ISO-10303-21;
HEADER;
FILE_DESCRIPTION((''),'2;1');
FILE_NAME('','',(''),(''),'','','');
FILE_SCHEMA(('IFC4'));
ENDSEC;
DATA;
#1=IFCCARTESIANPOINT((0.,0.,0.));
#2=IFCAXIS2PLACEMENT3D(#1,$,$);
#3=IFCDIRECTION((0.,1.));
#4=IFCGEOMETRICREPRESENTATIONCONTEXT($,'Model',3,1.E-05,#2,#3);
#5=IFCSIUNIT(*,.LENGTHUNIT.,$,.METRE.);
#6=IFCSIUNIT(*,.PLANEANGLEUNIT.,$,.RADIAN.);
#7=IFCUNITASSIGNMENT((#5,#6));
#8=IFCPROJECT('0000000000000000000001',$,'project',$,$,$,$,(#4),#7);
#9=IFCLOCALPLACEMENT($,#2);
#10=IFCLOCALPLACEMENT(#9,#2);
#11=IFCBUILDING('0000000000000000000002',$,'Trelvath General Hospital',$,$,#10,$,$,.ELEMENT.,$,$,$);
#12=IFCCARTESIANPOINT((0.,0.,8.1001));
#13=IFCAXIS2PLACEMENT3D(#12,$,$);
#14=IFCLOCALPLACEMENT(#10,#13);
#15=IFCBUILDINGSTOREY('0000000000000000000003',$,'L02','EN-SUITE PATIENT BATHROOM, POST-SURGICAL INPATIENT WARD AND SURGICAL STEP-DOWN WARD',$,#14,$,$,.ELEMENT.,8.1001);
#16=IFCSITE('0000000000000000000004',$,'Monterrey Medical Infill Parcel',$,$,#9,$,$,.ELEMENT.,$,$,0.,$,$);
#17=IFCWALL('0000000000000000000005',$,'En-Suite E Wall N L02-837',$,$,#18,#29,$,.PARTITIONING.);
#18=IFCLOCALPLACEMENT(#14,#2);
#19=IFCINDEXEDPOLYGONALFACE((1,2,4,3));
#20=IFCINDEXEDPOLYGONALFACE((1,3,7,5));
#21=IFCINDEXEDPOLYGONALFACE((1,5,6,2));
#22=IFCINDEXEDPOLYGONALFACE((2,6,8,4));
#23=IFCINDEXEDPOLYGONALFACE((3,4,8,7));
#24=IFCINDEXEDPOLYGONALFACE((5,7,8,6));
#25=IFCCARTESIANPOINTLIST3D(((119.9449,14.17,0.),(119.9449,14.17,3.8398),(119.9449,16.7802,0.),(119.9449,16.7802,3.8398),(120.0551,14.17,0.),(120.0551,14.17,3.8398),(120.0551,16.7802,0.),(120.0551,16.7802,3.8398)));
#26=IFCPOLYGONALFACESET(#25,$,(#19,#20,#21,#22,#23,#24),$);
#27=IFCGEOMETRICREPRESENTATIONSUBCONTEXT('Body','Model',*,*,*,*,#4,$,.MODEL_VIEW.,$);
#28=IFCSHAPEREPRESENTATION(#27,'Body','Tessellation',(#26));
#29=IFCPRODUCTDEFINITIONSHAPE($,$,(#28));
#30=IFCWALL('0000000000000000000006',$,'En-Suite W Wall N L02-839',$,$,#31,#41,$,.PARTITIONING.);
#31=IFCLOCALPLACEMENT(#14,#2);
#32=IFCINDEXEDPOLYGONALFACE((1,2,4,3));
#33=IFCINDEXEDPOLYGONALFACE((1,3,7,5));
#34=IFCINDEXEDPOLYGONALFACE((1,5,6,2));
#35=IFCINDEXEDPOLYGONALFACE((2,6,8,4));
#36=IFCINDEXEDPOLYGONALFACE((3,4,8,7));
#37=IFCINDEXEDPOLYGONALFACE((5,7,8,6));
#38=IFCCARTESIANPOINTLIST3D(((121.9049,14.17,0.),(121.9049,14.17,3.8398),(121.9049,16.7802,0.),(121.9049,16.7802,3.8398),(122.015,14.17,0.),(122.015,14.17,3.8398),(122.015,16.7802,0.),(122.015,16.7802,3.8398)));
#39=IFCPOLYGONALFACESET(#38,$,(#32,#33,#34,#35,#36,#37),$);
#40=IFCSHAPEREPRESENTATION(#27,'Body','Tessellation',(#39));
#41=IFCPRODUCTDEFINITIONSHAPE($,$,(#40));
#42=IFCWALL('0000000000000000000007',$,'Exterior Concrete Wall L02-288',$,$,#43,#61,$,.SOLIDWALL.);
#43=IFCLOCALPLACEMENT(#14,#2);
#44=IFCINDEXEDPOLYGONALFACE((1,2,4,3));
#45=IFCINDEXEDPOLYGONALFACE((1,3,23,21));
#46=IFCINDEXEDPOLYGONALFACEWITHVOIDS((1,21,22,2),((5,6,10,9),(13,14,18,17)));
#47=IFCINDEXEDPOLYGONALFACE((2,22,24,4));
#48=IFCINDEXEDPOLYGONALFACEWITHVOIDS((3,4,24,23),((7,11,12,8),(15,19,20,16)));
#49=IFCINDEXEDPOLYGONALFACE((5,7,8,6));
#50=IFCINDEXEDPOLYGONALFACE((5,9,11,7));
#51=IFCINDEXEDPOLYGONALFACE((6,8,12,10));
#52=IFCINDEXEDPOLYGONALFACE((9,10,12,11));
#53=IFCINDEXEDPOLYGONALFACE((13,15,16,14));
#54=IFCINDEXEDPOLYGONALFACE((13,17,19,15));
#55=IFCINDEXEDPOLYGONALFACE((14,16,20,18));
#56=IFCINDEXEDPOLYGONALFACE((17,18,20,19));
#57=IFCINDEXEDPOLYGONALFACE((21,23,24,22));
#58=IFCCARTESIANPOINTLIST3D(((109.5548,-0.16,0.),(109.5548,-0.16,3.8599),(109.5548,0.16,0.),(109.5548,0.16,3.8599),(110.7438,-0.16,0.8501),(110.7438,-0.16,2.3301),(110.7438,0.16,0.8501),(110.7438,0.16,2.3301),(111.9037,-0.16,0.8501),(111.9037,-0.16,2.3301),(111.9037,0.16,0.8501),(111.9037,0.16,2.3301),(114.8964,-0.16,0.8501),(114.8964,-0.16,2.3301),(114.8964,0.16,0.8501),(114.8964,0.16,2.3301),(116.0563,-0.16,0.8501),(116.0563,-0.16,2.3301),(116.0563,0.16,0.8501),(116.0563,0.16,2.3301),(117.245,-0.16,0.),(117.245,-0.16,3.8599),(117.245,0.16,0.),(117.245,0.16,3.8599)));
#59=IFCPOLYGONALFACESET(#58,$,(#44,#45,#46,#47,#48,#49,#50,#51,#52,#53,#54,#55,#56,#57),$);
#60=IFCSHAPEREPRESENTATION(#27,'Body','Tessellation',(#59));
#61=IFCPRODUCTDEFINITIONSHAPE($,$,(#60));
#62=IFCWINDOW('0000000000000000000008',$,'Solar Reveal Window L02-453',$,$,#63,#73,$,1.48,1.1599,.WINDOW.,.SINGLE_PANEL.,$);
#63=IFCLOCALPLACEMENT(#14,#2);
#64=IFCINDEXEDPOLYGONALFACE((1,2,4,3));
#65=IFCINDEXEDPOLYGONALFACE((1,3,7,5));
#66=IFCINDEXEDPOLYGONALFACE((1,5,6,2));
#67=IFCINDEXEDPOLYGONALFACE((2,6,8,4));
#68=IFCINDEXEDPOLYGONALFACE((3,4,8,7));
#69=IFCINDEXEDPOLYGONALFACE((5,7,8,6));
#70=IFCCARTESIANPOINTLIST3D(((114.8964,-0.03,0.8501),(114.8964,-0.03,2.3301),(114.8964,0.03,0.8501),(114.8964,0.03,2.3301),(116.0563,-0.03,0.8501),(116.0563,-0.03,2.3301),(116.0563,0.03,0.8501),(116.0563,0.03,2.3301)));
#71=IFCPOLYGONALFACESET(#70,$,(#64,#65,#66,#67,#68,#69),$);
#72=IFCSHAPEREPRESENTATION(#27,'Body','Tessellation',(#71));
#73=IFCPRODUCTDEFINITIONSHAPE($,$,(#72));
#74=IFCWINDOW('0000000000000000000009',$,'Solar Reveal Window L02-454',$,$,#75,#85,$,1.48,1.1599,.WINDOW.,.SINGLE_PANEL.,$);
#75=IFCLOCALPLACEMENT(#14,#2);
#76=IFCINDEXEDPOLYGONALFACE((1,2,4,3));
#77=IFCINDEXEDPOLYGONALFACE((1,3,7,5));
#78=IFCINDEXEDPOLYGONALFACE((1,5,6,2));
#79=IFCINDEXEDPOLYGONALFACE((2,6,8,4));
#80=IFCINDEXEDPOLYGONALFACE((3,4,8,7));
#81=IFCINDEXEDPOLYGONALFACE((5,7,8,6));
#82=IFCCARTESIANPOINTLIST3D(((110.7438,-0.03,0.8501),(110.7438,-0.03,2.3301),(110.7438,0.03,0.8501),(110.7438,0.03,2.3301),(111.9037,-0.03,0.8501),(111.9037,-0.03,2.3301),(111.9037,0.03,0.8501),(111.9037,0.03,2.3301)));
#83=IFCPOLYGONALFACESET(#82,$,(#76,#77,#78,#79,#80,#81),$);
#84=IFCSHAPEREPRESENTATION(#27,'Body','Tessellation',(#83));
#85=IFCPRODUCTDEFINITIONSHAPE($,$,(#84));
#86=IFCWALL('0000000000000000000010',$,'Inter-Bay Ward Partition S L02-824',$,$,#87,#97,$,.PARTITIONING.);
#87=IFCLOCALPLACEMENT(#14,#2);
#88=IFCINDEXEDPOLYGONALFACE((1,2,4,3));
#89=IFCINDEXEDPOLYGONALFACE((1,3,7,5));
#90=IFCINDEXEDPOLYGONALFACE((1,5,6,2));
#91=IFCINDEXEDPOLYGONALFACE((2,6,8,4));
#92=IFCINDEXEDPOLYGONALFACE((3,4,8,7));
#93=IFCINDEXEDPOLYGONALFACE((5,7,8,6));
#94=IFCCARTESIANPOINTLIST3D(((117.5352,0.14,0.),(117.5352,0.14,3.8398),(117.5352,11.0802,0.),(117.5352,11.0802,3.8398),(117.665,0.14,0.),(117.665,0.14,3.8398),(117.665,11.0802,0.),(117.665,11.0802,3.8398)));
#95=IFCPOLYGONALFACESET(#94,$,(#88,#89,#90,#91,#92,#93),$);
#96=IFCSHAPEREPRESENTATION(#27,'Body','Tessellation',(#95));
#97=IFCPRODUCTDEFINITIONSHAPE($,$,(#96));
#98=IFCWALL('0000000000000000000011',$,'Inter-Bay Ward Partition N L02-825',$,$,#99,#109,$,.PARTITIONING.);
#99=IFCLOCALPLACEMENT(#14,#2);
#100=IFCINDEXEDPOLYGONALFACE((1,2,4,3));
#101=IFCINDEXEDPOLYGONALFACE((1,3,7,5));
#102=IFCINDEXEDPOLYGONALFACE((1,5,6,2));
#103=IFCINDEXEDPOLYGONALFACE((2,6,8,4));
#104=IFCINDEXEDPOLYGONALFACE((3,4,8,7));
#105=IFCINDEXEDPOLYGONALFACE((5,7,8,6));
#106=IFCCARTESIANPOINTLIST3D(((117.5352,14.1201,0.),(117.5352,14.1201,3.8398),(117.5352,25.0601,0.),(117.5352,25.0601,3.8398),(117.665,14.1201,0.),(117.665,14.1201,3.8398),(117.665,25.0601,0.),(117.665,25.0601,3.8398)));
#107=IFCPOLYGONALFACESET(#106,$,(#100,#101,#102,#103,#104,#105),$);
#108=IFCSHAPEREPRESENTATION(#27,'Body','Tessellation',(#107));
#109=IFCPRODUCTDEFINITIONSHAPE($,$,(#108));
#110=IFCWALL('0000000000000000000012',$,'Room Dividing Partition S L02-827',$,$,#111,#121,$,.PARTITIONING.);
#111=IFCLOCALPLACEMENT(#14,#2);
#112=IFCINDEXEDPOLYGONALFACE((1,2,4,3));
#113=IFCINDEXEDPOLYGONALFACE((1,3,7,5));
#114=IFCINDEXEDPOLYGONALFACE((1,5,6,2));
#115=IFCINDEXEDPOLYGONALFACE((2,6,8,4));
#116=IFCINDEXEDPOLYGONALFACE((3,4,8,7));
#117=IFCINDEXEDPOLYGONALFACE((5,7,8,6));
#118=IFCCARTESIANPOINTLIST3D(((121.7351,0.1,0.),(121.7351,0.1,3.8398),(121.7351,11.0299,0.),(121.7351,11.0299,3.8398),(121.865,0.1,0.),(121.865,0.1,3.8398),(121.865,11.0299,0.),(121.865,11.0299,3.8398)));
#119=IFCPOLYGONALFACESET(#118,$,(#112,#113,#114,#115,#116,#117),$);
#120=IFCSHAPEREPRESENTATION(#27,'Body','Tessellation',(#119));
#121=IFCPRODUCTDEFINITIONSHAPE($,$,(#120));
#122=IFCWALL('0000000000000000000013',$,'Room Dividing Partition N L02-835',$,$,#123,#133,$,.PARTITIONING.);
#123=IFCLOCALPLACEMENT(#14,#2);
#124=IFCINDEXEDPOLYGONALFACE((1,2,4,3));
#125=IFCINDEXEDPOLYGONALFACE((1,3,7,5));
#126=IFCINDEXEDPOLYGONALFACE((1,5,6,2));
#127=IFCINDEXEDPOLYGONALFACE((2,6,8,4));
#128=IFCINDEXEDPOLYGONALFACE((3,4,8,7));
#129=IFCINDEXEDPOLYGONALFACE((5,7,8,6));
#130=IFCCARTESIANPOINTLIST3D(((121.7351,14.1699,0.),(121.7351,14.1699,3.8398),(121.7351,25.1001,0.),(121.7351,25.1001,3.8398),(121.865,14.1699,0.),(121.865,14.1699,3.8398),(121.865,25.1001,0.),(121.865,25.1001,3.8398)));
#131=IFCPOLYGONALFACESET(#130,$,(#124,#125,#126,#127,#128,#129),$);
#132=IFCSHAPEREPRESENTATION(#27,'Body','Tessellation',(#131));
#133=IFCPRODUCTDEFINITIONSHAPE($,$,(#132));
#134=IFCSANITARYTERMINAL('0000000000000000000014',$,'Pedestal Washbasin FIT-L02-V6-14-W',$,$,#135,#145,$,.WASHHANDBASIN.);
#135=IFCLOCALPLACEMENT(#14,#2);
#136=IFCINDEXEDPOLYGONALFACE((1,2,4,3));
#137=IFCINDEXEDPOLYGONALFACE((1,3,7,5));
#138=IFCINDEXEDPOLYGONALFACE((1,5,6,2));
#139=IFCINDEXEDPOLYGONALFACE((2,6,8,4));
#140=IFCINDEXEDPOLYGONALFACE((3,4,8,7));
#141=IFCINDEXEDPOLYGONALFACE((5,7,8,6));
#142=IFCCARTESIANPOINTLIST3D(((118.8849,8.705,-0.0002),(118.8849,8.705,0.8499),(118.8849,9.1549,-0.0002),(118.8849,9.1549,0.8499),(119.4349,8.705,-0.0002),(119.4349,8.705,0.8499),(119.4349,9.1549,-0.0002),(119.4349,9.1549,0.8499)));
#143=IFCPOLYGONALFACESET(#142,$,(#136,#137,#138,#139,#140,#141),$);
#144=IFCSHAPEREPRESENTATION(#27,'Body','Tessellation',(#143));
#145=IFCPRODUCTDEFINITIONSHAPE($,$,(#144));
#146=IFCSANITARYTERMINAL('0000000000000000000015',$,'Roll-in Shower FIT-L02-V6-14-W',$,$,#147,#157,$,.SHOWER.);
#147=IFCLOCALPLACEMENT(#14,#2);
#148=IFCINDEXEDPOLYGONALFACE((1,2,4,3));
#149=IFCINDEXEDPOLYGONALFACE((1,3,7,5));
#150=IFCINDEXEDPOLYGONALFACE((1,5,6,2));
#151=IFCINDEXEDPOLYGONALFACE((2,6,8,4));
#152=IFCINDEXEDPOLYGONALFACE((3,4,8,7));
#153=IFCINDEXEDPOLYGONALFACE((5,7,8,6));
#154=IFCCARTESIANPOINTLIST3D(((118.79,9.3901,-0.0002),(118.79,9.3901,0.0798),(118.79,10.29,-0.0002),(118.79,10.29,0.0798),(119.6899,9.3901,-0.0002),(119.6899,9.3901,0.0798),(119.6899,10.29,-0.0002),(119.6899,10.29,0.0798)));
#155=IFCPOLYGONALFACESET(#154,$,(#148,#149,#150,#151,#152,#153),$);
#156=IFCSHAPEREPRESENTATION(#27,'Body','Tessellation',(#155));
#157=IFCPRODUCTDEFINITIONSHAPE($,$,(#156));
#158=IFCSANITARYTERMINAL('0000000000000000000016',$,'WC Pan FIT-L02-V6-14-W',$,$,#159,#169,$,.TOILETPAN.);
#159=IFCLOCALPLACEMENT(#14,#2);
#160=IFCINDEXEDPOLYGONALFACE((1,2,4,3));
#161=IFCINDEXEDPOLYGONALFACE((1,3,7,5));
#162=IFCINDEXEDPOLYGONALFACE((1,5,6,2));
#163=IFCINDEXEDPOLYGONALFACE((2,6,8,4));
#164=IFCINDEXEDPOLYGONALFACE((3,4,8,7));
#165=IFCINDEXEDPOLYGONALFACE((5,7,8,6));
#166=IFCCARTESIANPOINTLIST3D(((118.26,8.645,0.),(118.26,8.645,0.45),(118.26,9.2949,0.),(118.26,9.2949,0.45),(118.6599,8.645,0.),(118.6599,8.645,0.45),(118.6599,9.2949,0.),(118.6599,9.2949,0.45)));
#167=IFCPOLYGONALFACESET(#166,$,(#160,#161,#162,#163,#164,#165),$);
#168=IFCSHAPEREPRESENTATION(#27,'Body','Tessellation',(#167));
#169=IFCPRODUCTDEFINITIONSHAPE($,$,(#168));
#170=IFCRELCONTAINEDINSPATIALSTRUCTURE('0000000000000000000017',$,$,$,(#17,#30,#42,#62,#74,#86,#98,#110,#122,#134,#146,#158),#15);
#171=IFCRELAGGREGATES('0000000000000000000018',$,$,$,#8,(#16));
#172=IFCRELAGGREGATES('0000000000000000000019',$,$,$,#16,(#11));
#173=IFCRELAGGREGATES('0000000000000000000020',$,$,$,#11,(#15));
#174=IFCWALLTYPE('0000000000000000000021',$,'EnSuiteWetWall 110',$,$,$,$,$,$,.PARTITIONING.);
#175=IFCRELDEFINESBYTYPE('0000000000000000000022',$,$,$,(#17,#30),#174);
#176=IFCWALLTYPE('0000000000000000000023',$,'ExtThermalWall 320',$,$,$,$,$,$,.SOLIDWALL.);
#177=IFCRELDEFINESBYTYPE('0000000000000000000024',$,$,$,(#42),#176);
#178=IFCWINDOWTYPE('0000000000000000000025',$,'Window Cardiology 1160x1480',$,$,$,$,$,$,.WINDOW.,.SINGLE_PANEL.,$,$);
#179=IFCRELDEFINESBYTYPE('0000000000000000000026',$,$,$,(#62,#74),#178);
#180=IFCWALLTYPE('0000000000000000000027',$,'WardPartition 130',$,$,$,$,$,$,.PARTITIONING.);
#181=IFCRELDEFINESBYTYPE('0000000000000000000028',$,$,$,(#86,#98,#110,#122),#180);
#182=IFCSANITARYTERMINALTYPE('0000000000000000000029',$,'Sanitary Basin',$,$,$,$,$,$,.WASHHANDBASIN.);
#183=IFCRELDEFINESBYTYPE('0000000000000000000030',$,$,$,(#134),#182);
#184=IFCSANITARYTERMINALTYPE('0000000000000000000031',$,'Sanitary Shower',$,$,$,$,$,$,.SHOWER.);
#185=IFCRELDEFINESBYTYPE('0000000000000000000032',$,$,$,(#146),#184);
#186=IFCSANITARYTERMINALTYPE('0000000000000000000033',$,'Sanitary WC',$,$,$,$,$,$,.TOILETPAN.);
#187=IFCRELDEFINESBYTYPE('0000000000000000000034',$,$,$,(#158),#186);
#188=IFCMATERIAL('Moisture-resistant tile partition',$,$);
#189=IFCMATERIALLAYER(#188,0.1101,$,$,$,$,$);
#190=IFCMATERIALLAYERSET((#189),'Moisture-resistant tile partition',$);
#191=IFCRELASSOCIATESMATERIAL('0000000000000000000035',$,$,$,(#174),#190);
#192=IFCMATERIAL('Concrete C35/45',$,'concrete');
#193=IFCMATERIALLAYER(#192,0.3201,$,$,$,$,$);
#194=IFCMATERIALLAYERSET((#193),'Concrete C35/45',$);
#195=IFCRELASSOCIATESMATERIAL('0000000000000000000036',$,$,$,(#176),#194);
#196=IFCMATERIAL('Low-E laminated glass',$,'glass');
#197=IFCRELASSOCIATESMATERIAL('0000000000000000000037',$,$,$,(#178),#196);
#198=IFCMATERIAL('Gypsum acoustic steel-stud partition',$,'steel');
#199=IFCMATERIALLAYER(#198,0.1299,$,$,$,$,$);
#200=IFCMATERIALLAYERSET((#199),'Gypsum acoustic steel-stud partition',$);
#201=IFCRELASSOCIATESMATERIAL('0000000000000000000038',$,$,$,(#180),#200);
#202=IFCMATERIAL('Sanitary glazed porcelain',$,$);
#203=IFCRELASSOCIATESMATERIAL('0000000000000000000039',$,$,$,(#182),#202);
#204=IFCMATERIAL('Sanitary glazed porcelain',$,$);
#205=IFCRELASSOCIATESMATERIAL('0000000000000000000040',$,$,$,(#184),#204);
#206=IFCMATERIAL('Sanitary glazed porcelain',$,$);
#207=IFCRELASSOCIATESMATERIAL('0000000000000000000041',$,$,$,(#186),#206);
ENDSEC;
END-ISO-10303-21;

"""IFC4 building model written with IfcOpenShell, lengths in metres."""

from ifc_helpers import new_model, si_unit, direction, frame, frame_2d, origin, origin_2d, place, context, subcontext, project, spatial, rectangle, extrude, material, layer, layer_set, type_object, element, fill, save


model = new_model("IFC4")

# Units and contexts
model_context = context("Model", 3, precision=1e-05, world=origin(), true_north=direction((0.0, 1.0)))
body_context = subcontext(model_context, "Body", "Model", "MODEL_VIEW")
ifc_project = project(units=[si_unit("LENGTHUNIT", "METRE"), si_unit("PLANEANGLEUNIT", "RADIAN")], contexts=[model_context])

# Site, building, storey
site_placement = place(None, origin())
site = spatial("IfcSite", under=ifc_project, at=site_placement, Name="Monterrey Medical Infill Parcel", CompositionType="ELEMENT", RefElevation=0.0)
building_placement = place(site_placement, origin())
building = spatial("IfcBuilding", under=site, at=building_placement, Name="Trelvath General Hospital", CompositionType="ELEMENT")
storey_placement = place(building_placement, frame((0.0, 0.0, 8.1001)))
storey = spatial("IfcBuildingStorey", under=building, at=storey_placement, Name="L02", Description="EN-SUITE PATIENT BATHROOM, POST-SURGICAL INPATIENT WARD AND SURGICAL STEP-DOWN WARD", CompositionType="ELEMENT", Elevation=8.1001)

# Shared definitions
ifc_material_1 = material(Name="Moisture-resistant tile partition")
ifc_layer_1 = layer(ifc_material_1, 0.1101)
ifc_layer_set_1 = layer_set([ifc_layer_1], Name="Moisture-resistant tile partition")
wall_type_1 = type_object("IfcWallType", Name="EnSuiteWetWall 110", PredefinedType="PARTITIONING", material=ifc_layer_set_1)

# Walls
for number, where, z_axis, x_axis, name in (
    (1, (120.0, 14.1699, 0.0), (0.0, 0.0, 1.0), (0.0, 1.0, 0.0), "En-Suite E Wall N L02-837"),
    (2, (121.96, 14.1699, 0.0), (0.0, 0.0, 1.0), (0.0, 1.0, 0.0), "En-Suite W Wall N L02-839"),
):
    element("IfcWall", number, at=place(storey_placement, frame(where, z_axis=z_axis, x_axis=x_axis)), inside=storey, type_object=wall_type_1, Name=name, PredefinedType="PARTITIONING", context=body_context, shape_type="SweptSolid", body=[
        extrude(rectangle(XDim=2.6101, YDim=0.1101, at=frame_2d((1.3052, 0.0))), origin(), (0.0, 0.0, 1.0), 3.8398),
    ])

# Wall, openings, windows
ifc_material_2 = material(Name="Concrete C35/45", Category="concrete")
ifc_layer_2 = layer(ifc_material_2, 0.3201)
ifc_layer_set_2 = layer_set([ifc_layer_2], Name="Concrete C35/45")
wall_type_2 = type_object("IfcWallType", Name="ExtThermalWall 320", PredefinedType="SOLIDWALL", material=ifc_layer_set_2)
wall_1_placement = place(storey_placement, frame((117.2451, 0.0, 0.0), z_axis=(0.0, 0.0, 1.0), x_axis=(-1.0, 0.0, 0.0)))
wall_1 = element("IfcWall", 3, at=wall_1_placement, inside=storey, type_object=wall_type_2, Name="Exterior Concrete Wall L02-288", PredefinedType="SOLIDWALL", context=body_context, shape_type="SweptSolid", body=[
    extrude(rectangle(XDim=7.6902, YDim=0.3201, at=frame_2d((3.8452, 0.0))), origin(), (0.0, 0.0, 1.0), 3.8599),
])
opening_1_placement = place(wall_1_placement, frame((1.1887, 0.0, 0.8501)))
opening_1 = element("IfcOpeningElement", 4, at=opening_1_placement, cuts=wall_1, PredefinedType="OPENING", context=body_context, shape_type="SweptSolid", body=[
    extrude(rectangle(XDim=1.1599, YDim=1.48, at=frame_2d((0.5801, 0.74))), frame((0.0, 0.1699, 0.0), z_axis=(0.0, -1.0, 0.0), x_axis=(1.0, 0.0, 0.0)), (0.0, 0.0, 1.0), 0.3401),
])
opening_2_placement = place(wall_1_placement, frame((5.3413, 0.0, 0.8501)))
opening_2 = element("IfcOpeningElement", 5, at=opening_2_placement, cuts=wall_1, PredefinedType="OPENING", context=body_context, shape_type="SweptSolid", body=[
    extrude(rectangle(XDim=1.1599, YDim=1.48, at=frame_2d((0.5801, 0.74))), frame((0.0, 0.1699, 0.0), z_axis=(0.0, -1.0, 0.0), x_axis=(1.0, 0.0, 0.0)), (0.0, 0.0, 1.0), 0.3401),
])
ifc_material_3 = material(Name="Low-E laminated glass", Category="glass")
window_type = type_object("IfcWindowType", Name="Window Cardiology 1160x1480", PartitioningType="SINGLE_PANEL", PredefinedType="WINDOW", material=ifc_material_3)
window_1_placement = place(opening_1_placement, origin())
window_1 = element("IfcWindow", 6, at=window_1_placement, inside=storey, type_object=window_type, Name="Solar Reveal Window L02-453", OverallHeight=1.48, OverallWidth=1.1599, PartitioningType="SINGLE_PANEL", PredefinedType="WINDOW", context=body_context, shape_type="SweptSolid", body=[
    extrude(rectangle(XDim=1.1599, YDim=1.48, at=frame_2d((0.5801, 0.74))), frame((0.0, 0.03, 0.0), z_axis=(0.0, -1.0, 0.0), x_axis=(1.0, 0.0, 0.0)), (0.0, 0.0, 1.0), 0.0601),
])
fill(opening_1, window_1)
window_2_placement = place(opening_2_placement, origin())
window_2 = element("IfcWindow", 7, at=window_2_placement, inside=storey, type_object=window_type, Name="Solar Reveal Window L02-454", OverallHeight=1.48, OverallWidth=1.1599, PartitioningType="SINGLE_PANEL", PredefinedType="WINDOW", context=body_context, shape_type="SweptSolid", body=[
    extrude(rectangle(XDim=1.1599, YDim=1.48, at=frame_2d((0.5801, 0.74))), frame((0.0, 0.03, 0.0), z_axis=(0.0, -1.0, 0.0), x_axis=(1.0, 0.0, 0.0)), (0.0, 0.0, 1.0), 0.0601),
])
fill(opening_2, window_2)

# Walls
ifc_material_4 = material(Name="Gypsum acoustic steel-stud partition", Category="steel")
ifc_layer_3 = layer(ifc_material_4, 0.1299)
ifc_layer_set_3 = layer_set([ifc_layer_3], Name="Gypsum acoustic steel-stud partition")
wall_type_3 = type_object("IfcWallType", Name="WardPartition 130", PredefinedType="PARTITIONING", material=ifc_layer_set_3)
wall_2_placement = place(storey_placement, frame((117.6001, 0.1399, 0.0), z_axis=(0.0, 0.0, 1.0), x_axis=(0.0, 1.0, 0.0)))
element("IfcWall", 8, at=wall_2_placement, inside=storey, type_object=wall_type_3, Name="Inter-Bay Ward Partition S L02-824", PredefinedType="PARTITIONING", context=body_context, shape_type="SweptSolid", body=[
    extrude(rectangle(XDim=10.9402, YDim=0.1299, at=frame_2d((5.4702, 0.0))), origin(), (0.0, 0.0, 1.0), 3.8398),
])
wall_3_placement = place(storey_placement, frame((117.6001, 14.1201, 0.0), z_axis=(0.0, 0.0, 1.0), x_axis=(0.0, 1.0, 0.0)))
element("IfcWall", 9, at=wall_3_placement, inside=storey, type_object=wall_type_3, Name="Inter-Bay Ward Partition N L02-825", PredefinedType="PARTITIONING", context=body_context, shape_type="SweptSolid", body=[
    extrude(rectangle(XDim=10.9399, YDim=0.1299, at=frame_2d((5.47, 0.0))), origin(), (0.0, 0.0, 1.0), 3.8398),
])
wall_4_placement = place(storey_placement, frame((121.8, 0.1001, 0.0), z_axis=(0.0, 0.0, 1.0), x_axis=(0.0, 1.0, 0.0)))
element("IfcWall", 10, at=wall_4_placement, inside=storey, type_object=wall_type_3, Name="Room Dividing Partition S L02-827", PredefinedType="PARTITIONING", context=body_context, shape_type="SweptSolid", body=[
    extrude(rectangle(XDim=10.9299, YDim=0.1299, at=frame_2d((5.4648, 0.0))), origin(), (0.0, 0.0, 1.0), 3.8398),
])
wall_5_placement = place(storey_placement, frame((121.8, 14.1699, 0.0), z_axis=(0.0, 0.0, 1.0), x_axis=(0.0, 1.0, 0.0)))
element("IfcWall", 11, at=wall_5_placement, inside=storey, type_object=wall_type_3, Name="Room Dividing Partition N L02-835", PredefinedType="PARTITIONING", context=body_context, shape_type="SweptSolid", body=[
    extrude(rectangle(XDim=10.9302, YDim=0.1299, at=frame_2d((5.4651, 0.0))), origin(), (0.0, 0.0, 1.0), 3.8398),
])

# Sanitary terminals
ifc_material_5 = material(Name="Sanitary glazed porcelain")
sanitary_terminal_type_1 = type_object("IfcSanitaryTerminalType", Name="Sanitary Basin", PredefinedType="WASHHANDBASIN", material=ifc_material_5)
sanitary_terminal_1_placement = place(storey_placement, frame((119.1599, 8.9299, -0.0002), z_axis=(0.0, 0.0, 1.0), x_axis=(1.0, 0.0, 0.0)))
element("IfcSanitaryTerminal", 12, at=sanitary_terminal_1_placement, inside=storey, type_object=sanitary_terminal_type_1, Name="Pedestal Washbasin FIT-L02-V6-14-W", PredefinedType="WASHHANDBASIN", context=body_context, shape_type="SweptSolid", body=[
    extrude(rectangle(XDim=0.55, YDim=0.45, at=origin_2d()), origin(), (0.0, 0.0, 1.0), 0.8501),
])
ifc_material_6 = material(Name="Sanitary glazed porcelain")
sanitary_terminal_type_2 = type_object("IfcSanitaryTerminalType", Name="Sanitary Shower", PredefinedType="SHOWER", material=ifc_material_6)
sanitary_terminal_2_placement = place(storey_placement, frame((119.24, 9.8401, -0.0002), z_axis=(0.0, 0.0, 1.0), x_axis=(1.0, 0.0, 0.0)))
element("IfcSanitaryTerminal", 13, at=sanitary_terminal_2_placement, inside=storey, type_object=sanitary_terminal_type_2, Name="Roll-in Shower FIT-L02-V6-14-W", PredefinedType="SHOWER", context=body_context, shape_type="SweptSolid", body=[
    extrude(rectangle(XDim=0.8999, YDim=0.8999, at=origin_2d()), origin(), (0.0, 0.0, 1.0), 0.0801),
])
ifc_material_7 = material(Name="Sanitary glazed porcelain")
sanitary_terminal_type_3 = type_object("IfcSanitaryTerminalType", Name="Sanitary WC", PredefinedType="TOILETPAN", material=ifc_material_7)
sanitary_terminal_3_placement = place(storey_placement, frame((118.46, 8.97, 0.0), z_axis=(0.0, 0.0, 1.0), x_axis=(1.0, 0.0, 0.0)))
element("IfcSanitaryTerminal", 14, at=sanitary_terminal_3_placement, inside=storey, type_object=sanitary_terminal_type_3, Name="WC Pan FIT-L02-V6-14-W", PredefinedType="TOILETPAN", context=body_context, shape_type="SweptSolid", body=[
    extrude(rectangle(XDim=0.3999, YDim=0.6499, at=origin_2d()), origin(), (0.0, 0.0, 1.0), 0.45),
])

save(model, "model.ifc")
